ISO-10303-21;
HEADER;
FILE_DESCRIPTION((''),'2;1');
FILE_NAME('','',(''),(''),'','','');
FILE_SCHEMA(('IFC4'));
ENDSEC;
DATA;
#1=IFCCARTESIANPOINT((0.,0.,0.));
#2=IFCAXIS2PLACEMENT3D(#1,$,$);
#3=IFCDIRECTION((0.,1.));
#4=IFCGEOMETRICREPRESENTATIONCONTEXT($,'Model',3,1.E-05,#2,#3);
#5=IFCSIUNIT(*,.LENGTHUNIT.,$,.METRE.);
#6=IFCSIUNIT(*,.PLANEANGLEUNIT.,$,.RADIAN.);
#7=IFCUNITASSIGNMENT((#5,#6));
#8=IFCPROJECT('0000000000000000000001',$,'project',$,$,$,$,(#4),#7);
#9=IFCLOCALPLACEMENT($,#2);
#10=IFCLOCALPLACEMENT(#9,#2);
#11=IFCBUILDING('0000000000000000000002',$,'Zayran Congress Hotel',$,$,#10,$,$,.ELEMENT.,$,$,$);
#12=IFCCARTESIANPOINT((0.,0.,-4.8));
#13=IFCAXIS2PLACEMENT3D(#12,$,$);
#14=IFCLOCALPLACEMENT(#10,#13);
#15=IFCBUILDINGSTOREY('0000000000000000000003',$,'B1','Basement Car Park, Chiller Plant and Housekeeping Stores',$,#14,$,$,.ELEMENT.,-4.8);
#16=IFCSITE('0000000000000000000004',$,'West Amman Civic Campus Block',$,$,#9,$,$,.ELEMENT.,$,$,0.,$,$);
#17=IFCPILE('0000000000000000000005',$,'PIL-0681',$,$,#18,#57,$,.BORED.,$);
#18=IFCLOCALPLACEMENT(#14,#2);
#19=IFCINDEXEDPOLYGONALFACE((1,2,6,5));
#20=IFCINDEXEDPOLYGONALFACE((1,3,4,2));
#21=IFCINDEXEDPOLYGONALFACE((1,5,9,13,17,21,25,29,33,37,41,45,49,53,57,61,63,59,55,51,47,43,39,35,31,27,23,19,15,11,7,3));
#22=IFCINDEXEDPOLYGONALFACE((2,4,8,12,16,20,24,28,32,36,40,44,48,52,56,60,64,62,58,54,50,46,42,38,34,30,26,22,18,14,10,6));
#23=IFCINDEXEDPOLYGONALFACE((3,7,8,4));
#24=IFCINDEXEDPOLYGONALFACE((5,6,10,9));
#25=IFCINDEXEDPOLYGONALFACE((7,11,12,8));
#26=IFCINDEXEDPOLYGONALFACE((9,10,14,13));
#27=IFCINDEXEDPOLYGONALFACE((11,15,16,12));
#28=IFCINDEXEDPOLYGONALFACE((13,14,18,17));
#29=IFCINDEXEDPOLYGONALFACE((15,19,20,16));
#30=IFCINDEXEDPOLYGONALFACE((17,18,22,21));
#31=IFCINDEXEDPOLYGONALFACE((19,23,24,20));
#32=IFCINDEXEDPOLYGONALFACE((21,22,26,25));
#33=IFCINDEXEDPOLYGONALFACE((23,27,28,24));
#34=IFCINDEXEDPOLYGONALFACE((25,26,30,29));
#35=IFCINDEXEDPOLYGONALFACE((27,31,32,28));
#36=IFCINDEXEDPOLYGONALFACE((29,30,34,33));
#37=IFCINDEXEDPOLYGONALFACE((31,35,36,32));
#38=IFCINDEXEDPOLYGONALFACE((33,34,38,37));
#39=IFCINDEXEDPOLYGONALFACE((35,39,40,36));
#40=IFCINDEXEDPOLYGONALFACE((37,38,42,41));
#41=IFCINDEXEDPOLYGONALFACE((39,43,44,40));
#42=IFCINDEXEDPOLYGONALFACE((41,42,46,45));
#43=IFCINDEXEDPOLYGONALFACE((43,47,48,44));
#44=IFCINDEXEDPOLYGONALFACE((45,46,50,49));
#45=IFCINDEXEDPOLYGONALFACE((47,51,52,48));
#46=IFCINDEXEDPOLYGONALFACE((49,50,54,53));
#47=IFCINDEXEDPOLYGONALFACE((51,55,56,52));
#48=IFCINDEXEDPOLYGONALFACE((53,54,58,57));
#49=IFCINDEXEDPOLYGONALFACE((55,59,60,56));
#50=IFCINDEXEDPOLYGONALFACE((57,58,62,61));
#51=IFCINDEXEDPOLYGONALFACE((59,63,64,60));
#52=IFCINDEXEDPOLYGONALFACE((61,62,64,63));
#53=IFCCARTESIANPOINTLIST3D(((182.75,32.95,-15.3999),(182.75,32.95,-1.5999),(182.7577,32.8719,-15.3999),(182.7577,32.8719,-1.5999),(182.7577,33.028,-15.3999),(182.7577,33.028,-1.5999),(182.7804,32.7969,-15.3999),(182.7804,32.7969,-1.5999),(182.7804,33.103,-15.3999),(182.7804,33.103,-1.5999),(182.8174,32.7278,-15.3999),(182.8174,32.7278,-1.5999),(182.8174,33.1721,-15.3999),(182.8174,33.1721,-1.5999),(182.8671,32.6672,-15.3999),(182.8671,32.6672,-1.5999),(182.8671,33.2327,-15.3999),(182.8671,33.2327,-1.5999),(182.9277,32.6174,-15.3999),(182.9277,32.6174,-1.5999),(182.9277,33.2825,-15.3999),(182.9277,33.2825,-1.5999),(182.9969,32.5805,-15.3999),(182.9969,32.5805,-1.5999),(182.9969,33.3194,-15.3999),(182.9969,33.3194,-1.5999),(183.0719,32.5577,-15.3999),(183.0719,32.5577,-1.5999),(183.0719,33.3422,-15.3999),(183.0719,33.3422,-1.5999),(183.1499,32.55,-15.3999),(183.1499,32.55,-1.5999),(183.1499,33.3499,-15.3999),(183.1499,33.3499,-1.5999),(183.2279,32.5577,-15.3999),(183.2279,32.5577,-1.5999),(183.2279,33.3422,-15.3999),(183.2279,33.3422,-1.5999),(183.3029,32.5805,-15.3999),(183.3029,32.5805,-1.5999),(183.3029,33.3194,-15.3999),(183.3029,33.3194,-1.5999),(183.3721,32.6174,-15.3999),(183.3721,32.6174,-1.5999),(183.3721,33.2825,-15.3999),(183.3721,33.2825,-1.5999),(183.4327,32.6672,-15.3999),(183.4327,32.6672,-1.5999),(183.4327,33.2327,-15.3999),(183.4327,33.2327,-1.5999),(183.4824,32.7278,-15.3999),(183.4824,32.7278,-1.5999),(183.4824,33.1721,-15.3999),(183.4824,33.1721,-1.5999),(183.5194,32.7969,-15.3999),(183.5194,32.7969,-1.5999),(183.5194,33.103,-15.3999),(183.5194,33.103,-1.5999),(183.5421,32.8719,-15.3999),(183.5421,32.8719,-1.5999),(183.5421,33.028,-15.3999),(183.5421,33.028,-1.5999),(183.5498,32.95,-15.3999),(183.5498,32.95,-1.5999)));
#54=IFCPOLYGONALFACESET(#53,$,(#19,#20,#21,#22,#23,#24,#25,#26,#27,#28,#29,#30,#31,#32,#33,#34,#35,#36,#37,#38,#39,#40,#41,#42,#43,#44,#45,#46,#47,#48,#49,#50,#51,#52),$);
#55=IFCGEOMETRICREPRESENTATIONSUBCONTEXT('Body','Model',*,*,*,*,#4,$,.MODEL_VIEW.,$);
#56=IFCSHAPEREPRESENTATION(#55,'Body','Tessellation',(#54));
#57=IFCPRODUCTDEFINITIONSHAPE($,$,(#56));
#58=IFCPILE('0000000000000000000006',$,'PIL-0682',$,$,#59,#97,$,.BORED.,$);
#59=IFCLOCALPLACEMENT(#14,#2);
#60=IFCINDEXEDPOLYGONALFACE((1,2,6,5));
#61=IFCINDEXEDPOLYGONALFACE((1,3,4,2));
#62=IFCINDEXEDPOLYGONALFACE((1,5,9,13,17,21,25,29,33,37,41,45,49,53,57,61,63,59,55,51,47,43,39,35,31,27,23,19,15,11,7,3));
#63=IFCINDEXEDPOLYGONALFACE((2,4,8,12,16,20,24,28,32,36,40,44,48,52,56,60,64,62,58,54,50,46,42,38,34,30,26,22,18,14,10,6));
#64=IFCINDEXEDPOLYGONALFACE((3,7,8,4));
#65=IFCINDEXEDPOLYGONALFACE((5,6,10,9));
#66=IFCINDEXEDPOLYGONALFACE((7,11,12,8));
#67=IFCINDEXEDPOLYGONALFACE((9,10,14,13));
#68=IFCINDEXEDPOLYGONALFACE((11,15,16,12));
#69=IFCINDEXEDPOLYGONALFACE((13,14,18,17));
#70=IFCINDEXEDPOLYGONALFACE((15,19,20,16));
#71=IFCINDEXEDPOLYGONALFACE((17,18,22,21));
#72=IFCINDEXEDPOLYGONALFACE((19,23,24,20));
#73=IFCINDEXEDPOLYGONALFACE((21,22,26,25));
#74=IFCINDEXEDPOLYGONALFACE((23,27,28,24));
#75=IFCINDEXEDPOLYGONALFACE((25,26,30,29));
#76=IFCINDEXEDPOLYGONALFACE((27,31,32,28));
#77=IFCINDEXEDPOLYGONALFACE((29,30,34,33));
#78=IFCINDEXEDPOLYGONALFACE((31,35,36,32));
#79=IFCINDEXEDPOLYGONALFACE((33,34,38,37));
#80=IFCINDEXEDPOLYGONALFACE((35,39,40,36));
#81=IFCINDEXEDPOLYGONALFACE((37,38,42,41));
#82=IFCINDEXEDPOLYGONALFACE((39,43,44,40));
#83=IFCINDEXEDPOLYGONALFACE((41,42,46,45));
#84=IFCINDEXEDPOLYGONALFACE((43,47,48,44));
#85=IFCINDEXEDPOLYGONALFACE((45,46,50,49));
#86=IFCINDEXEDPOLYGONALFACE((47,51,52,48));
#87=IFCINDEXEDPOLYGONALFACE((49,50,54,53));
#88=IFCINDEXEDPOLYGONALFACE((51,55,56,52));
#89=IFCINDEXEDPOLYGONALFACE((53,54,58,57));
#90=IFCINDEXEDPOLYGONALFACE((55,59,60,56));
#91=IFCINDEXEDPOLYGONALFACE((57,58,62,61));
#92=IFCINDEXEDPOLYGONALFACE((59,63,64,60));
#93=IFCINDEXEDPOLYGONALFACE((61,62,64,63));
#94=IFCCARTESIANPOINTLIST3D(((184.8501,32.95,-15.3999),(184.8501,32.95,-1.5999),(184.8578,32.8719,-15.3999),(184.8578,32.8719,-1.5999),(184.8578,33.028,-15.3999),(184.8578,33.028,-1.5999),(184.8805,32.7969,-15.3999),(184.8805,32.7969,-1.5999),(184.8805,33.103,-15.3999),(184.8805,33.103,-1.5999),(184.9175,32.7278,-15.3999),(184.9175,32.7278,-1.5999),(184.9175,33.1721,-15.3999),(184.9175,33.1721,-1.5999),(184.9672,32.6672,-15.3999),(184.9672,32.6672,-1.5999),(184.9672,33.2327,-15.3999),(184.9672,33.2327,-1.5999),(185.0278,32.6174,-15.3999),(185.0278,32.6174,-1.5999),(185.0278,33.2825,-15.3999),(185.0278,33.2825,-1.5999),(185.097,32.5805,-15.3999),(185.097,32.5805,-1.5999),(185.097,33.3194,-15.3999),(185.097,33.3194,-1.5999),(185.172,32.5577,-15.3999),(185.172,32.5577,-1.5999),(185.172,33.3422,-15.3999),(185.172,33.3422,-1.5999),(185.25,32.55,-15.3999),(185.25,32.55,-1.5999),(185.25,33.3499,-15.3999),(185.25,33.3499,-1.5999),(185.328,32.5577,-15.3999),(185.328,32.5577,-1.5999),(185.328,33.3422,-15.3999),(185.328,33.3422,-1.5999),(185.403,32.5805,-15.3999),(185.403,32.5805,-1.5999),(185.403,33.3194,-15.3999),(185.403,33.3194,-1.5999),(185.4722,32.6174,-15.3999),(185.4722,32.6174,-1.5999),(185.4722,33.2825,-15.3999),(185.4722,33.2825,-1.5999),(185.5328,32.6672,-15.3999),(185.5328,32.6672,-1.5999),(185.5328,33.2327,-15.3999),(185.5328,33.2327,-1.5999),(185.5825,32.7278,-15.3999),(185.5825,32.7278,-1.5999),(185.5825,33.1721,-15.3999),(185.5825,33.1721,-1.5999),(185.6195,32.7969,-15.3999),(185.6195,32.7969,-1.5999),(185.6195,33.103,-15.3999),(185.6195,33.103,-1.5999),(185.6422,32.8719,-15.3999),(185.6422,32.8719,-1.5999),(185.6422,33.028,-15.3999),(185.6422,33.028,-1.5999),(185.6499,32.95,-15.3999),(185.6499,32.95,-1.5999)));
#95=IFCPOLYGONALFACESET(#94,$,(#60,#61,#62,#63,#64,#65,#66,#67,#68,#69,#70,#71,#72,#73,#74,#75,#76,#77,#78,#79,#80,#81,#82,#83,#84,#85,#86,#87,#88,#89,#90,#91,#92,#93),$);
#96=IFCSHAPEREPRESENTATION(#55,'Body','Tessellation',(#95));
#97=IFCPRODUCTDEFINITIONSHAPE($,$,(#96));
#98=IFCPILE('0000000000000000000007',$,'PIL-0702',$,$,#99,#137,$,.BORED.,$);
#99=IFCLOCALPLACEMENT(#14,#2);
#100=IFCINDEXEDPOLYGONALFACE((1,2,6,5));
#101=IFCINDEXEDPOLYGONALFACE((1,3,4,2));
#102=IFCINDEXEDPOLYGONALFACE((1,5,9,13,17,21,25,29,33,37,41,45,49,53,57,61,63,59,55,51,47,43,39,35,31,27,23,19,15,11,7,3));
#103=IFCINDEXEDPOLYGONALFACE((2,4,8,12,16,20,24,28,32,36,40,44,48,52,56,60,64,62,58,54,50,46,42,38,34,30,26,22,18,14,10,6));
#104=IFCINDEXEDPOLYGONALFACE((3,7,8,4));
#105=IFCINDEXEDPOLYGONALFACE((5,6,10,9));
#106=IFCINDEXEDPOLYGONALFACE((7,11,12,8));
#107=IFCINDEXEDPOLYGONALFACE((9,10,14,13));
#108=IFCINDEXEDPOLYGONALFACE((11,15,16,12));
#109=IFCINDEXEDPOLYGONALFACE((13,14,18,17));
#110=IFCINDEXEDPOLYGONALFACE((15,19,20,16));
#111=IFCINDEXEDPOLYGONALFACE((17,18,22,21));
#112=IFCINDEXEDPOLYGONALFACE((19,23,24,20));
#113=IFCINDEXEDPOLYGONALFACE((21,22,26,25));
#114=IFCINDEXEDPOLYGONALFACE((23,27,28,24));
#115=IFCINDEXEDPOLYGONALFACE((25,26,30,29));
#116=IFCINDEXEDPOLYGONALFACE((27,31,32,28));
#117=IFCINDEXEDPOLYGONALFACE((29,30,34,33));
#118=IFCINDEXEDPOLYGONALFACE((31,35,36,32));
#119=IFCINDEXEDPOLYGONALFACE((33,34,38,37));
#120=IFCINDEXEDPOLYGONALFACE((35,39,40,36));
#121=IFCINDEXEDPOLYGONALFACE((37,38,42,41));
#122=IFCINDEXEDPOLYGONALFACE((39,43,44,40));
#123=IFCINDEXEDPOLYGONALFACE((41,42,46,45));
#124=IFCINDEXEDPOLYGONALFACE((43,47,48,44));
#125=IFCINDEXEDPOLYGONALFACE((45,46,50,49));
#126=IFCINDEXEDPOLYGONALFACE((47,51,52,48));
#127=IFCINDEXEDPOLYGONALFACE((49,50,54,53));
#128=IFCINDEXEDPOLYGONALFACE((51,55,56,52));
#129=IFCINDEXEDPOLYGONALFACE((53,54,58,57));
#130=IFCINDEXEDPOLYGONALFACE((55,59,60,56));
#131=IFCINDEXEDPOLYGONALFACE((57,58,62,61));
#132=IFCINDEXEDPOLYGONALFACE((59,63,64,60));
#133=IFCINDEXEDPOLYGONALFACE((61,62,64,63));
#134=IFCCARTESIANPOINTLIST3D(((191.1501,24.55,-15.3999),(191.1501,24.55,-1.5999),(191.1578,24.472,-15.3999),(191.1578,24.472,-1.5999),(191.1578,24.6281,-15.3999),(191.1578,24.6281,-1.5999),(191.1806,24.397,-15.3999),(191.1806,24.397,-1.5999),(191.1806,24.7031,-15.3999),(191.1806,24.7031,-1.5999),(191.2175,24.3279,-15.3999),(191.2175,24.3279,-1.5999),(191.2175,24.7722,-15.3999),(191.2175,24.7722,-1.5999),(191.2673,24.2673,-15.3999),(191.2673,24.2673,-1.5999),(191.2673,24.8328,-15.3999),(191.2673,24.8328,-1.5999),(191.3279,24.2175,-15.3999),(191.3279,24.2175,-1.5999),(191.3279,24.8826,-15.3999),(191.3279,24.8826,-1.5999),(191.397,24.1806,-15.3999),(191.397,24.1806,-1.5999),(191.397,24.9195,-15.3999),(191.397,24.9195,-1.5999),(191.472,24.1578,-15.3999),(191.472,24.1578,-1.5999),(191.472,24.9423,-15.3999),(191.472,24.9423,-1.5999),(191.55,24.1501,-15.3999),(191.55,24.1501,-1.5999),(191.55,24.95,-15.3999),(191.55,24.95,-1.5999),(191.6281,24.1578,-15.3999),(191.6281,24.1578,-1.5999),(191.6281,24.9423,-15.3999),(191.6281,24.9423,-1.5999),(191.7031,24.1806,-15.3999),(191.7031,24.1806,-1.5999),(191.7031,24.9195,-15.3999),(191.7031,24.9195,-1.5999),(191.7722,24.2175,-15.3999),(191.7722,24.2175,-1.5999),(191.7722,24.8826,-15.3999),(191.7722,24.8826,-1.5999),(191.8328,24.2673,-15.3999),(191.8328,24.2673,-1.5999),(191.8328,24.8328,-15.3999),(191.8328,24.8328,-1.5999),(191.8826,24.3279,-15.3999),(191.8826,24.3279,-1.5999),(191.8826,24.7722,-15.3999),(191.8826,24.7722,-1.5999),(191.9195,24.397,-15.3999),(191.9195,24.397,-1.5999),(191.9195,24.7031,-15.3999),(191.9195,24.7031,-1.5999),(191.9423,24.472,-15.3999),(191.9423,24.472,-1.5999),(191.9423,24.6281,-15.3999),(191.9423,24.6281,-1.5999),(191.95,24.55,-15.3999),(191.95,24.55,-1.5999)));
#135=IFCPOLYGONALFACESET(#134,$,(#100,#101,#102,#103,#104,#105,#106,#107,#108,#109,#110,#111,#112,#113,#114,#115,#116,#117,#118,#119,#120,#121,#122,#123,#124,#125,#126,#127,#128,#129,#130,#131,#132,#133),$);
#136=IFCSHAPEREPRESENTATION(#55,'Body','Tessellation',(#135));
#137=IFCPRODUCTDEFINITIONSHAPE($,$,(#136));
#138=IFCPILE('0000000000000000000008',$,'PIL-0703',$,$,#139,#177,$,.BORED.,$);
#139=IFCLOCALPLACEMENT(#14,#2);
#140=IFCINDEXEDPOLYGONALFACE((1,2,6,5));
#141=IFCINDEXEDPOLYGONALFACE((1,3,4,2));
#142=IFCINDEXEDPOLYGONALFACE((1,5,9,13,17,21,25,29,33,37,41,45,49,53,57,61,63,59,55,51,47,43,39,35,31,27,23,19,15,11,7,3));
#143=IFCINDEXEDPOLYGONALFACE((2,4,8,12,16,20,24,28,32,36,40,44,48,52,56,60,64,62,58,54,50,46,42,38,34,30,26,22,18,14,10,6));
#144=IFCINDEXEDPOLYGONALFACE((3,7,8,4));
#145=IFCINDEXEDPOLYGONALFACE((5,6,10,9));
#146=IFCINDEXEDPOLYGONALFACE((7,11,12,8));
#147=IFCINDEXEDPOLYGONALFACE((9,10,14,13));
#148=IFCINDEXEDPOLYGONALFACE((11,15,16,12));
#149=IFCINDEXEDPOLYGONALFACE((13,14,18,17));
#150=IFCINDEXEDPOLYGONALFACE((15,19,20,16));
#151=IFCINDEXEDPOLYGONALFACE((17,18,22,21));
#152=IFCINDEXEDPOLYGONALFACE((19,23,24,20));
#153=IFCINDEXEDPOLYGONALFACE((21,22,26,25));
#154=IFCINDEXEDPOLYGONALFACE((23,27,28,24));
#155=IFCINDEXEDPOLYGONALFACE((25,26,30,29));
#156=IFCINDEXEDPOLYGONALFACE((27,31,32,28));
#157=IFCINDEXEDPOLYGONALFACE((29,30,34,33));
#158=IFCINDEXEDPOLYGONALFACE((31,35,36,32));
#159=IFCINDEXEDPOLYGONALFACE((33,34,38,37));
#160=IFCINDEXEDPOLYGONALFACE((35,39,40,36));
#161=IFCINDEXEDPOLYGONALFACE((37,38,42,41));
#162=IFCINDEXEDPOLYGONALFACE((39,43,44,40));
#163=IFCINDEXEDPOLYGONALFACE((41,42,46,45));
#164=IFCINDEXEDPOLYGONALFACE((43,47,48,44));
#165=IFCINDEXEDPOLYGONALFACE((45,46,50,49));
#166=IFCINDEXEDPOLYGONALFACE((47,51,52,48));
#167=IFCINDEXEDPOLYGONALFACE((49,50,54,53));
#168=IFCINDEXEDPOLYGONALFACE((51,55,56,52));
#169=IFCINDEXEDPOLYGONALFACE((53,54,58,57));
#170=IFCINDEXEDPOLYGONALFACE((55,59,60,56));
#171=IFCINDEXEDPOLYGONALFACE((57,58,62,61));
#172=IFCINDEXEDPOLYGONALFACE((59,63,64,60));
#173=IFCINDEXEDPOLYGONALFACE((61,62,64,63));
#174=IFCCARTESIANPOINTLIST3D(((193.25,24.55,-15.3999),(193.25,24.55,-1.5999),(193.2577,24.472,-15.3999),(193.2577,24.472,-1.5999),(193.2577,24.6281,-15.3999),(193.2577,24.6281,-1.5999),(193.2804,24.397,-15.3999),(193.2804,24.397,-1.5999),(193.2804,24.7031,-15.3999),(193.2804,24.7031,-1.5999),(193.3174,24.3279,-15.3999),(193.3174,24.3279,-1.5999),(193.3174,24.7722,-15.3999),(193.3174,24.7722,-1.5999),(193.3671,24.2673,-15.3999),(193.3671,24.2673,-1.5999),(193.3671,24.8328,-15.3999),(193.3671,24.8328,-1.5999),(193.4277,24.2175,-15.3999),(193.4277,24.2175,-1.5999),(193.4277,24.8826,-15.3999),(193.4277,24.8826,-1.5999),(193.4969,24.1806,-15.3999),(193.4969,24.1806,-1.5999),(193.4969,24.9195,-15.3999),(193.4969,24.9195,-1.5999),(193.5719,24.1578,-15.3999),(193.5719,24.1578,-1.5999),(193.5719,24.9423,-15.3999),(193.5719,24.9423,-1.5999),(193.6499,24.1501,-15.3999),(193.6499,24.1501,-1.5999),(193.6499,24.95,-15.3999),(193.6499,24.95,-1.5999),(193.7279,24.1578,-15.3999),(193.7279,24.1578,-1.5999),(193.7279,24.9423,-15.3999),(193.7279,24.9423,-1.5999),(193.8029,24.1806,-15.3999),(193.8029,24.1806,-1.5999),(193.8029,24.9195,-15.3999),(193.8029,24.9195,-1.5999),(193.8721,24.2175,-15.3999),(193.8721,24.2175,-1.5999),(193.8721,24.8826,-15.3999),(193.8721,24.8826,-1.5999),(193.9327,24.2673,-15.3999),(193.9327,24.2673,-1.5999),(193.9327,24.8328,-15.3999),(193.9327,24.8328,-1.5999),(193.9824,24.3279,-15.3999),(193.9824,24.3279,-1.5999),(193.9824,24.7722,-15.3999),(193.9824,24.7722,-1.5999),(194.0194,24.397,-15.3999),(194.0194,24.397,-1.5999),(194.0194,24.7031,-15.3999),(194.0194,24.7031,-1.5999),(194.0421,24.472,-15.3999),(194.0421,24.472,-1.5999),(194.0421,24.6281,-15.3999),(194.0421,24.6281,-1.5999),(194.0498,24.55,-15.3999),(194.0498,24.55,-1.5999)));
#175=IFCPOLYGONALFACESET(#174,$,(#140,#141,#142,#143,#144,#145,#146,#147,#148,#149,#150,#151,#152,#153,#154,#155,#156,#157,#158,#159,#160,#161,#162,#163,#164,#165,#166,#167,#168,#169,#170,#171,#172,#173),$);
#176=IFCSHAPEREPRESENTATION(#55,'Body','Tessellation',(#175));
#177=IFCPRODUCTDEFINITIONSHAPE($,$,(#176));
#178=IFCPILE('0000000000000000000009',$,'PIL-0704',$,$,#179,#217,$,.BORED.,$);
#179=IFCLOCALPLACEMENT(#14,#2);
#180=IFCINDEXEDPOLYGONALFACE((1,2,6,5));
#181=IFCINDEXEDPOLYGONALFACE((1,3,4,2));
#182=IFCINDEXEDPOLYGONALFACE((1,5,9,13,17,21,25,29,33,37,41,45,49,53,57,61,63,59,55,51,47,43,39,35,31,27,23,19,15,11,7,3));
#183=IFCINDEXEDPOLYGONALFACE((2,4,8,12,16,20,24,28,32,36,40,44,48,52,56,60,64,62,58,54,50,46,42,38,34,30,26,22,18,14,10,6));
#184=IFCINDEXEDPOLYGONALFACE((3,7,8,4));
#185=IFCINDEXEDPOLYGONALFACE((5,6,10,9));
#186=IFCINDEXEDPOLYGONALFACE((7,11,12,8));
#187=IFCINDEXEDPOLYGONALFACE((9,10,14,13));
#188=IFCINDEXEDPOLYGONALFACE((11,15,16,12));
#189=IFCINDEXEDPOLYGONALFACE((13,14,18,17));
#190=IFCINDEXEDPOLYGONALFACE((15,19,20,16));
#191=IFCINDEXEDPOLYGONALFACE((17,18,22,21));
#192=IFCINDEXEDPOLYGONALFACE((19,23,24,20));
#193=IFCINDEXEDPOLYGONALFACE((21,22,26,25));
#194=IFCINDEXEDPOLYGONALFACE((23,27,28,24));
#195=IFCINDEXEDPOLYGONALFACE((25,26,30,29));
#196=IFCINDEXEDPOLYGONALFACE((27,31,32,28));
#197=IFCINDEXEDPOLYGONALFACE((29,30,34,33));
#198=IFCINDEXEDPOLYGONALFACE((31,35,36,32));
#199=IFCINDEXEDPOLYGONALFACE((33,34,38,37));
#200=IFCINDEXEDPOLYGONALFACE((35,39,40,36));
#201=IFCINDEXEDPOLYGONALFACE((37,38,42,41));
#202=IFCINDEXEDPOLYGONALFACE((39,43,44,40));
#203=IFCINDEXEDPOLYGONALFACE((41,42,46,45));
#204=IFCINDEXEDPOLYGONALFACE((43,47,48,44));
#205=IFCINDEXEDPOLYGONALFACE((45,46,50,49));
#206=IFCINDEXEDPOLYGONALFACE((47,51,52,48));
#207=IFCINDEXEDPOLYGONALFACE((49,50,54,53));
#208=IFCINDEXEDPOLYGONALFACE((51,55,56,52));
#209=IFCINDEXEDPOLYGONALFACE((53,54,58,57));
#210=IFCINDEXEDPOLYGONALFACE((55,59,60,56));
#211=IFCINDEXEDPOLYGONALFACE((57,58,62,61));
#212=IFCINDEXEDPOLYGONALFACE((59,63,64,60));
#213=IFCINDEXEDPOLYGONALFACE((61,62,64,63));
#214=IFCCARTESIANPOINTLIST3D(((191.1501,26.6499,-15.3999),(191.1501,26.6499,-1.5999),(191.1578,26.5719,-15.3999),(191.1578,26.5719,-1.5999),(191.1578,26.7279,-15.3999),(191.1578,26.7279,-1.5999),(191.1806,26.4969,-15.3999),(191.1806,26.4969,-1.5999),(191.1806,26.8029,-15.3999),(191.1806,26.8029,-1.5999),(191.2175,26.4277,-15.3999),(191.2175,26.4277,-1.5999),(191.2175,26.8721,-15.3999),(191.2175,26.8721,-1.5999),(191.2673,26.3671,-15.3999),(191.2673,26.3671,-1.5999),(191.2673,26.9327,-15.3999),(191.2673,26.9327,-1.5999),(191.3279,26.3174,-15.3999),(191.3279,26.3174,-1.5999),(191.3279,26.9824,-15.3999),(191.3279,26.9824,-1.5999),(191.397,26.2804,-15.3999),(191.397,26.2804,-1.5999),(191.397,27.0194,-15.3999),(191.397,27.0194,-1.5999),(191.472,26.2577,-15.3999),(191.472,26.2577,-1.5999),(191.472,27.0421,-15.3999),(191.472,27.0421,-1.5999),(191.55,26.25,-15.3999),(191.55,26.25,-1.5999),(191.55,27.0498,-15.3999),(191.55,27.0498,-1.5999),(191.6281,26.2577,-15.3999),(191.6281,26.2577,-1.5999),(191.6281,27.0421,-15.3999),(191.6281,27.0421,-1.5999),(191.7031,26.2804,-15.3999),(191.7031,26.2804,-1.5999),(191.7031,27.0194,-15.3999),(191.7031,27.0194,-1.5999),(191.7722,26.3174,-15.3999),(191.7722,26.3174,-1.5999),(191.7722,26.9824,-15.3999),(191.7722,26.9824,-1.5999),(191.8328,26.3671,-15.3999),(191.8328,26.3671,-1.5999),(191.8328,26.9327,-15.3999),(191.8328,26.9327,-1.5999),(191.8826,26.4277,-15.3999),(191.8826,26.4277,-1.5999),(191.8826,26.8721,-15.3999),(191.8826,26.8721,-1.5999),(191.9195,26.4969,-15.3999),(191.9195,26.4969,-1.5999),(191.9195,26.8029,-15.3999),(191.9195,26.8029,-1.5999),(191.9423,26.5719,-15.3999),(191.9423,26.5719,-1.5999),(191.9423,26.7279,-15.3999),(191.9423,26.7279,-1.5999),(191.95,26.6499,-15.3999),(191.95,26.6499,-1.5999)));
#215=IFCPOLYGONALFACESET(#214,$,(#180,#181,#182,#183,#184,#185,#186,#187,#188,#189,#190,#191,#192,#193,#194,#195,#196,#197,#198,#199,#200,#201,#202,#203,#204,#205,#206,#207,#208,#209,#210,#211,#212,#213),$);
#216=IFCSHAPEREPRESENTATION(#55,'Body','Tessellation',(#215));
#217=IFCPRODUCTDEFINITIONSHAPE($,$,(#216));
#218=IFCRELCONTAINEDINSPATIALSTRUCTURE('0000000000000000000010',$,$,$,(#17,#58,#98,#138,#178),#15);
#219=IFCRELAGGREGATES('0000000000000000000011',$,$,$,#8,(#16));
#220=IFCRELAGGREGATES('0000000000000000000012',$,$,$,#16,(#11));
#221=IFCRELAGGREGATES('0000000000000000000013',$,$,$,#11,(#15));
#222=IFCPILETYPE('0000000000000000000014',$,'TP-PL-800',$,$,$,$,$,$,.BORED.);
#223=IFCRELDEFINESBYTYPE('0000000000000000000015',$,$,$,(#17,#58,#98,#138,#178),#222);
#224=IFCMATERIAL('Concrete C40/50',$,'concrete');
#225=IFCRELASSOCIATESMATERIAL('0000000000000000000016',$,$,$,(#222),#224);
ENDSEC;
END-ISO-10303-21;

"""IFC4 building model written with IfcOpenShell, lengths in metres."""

from ifc_helpers import new_model, si_unit, direction, frame, origin, origin_2d, place, context, subcontext, project, spatial, circle, extrude, material, material_profile, profile_set, type_object, element, save


model = new_model("IFC4")

# Units and contexts
model_context = context("Model", 3, precision=1e-05, world=origin(), true_north=direction((0.0, 1.0)))
body_context = subcontext(model_context, "Body", "Model", "MODEL_VIEW")
ifc_project = project(units=[si_unit("LENGTHUNIT", "METRE"), si_unit("PLANEANGLEUNIT", "RADIAN")], contexts=[model_context])

# Site, building, storey
site_placement = place(None, origin())
site = spatial("IfcSite", under=ifc_project, at=site_placement, Name="West Amman Civic Campus Block", CompositionType="ELEMENT", RefElevation=0.0)
building_placement = place(site_placement, origin())
building = spatial("IfcBuilding", under=site, at=building_placement, Name="Zayran Congress Hotel", CompositionType="ELEMENT")
storey_placement = place(building_placement, frame((0.0, 0.0, -4.8)))
storey = spatial("IfcBuildingStorey", under=building, at=storey_placement, Name="B1", Description="Basement Car Park, Chiller Plant and Housekeeping Stores", CompositionType="ELEMENT", Elevation=-4.8)

# Piles
ifc_material_1 = material(Name="Concrete C40/50", Category="concrete")
ifc_material_profile_1 = material_profile(ifc_material_1, circle(Radius=0.3999, at=origin_2d()), Name="PILE D800")
ifc_profile_set_1 = profile_set([ifc_material_profile_1], Name="Concrete C40/50")
pile_type = type_object("IfcPileType", Name="TP-PL-800", PredefinedType="BORED", material=ifc_profile_set_1)
for number, where, z_axis, x_axis, name in (
    (1, (183.1499, 32.95, -1.5999), (0.0, 0.0, -1.0), (1.0, 0.0, 0.0), "PIL-0681"),
    (2, (185.25, 32.95, -1.5999), (0.0, 0.0, -1.0), (1.0, 0.0, 0.0), "PIL-0682"),
    (3, (191.55, 24.55, -1.5999), (0.0, 0.0, -1.0), (1.0, 0.0, 0.0), "PIL-0702"),
    (4, (193.6499, 24.55, -1.5999), (0.0, 0.0, -1.0), (1.0, 0.0, 0.0), "PIL-0703"),
    (5, (191.55, 26.6499, -1.5999), (0.0, 0.0, -1.0), (1.0, 0.0, 0.0), "PIL-0704"),
):
    element("IfcPile", number, at=place(storey_placement, frame(where, z_axis=z_axis, x_axis=x_axis)), inside=storey, type_object=pile_type, Name=name, PredefinedType="BORED", context=body_context, shape_type="SweptSolid", body=[
        extrude(circle(Radius=0.3999, at=origin_2d()), origin(), (0.0, 0.0, 1.0), 13.8),
    ])

save(model, "model.ifc")
